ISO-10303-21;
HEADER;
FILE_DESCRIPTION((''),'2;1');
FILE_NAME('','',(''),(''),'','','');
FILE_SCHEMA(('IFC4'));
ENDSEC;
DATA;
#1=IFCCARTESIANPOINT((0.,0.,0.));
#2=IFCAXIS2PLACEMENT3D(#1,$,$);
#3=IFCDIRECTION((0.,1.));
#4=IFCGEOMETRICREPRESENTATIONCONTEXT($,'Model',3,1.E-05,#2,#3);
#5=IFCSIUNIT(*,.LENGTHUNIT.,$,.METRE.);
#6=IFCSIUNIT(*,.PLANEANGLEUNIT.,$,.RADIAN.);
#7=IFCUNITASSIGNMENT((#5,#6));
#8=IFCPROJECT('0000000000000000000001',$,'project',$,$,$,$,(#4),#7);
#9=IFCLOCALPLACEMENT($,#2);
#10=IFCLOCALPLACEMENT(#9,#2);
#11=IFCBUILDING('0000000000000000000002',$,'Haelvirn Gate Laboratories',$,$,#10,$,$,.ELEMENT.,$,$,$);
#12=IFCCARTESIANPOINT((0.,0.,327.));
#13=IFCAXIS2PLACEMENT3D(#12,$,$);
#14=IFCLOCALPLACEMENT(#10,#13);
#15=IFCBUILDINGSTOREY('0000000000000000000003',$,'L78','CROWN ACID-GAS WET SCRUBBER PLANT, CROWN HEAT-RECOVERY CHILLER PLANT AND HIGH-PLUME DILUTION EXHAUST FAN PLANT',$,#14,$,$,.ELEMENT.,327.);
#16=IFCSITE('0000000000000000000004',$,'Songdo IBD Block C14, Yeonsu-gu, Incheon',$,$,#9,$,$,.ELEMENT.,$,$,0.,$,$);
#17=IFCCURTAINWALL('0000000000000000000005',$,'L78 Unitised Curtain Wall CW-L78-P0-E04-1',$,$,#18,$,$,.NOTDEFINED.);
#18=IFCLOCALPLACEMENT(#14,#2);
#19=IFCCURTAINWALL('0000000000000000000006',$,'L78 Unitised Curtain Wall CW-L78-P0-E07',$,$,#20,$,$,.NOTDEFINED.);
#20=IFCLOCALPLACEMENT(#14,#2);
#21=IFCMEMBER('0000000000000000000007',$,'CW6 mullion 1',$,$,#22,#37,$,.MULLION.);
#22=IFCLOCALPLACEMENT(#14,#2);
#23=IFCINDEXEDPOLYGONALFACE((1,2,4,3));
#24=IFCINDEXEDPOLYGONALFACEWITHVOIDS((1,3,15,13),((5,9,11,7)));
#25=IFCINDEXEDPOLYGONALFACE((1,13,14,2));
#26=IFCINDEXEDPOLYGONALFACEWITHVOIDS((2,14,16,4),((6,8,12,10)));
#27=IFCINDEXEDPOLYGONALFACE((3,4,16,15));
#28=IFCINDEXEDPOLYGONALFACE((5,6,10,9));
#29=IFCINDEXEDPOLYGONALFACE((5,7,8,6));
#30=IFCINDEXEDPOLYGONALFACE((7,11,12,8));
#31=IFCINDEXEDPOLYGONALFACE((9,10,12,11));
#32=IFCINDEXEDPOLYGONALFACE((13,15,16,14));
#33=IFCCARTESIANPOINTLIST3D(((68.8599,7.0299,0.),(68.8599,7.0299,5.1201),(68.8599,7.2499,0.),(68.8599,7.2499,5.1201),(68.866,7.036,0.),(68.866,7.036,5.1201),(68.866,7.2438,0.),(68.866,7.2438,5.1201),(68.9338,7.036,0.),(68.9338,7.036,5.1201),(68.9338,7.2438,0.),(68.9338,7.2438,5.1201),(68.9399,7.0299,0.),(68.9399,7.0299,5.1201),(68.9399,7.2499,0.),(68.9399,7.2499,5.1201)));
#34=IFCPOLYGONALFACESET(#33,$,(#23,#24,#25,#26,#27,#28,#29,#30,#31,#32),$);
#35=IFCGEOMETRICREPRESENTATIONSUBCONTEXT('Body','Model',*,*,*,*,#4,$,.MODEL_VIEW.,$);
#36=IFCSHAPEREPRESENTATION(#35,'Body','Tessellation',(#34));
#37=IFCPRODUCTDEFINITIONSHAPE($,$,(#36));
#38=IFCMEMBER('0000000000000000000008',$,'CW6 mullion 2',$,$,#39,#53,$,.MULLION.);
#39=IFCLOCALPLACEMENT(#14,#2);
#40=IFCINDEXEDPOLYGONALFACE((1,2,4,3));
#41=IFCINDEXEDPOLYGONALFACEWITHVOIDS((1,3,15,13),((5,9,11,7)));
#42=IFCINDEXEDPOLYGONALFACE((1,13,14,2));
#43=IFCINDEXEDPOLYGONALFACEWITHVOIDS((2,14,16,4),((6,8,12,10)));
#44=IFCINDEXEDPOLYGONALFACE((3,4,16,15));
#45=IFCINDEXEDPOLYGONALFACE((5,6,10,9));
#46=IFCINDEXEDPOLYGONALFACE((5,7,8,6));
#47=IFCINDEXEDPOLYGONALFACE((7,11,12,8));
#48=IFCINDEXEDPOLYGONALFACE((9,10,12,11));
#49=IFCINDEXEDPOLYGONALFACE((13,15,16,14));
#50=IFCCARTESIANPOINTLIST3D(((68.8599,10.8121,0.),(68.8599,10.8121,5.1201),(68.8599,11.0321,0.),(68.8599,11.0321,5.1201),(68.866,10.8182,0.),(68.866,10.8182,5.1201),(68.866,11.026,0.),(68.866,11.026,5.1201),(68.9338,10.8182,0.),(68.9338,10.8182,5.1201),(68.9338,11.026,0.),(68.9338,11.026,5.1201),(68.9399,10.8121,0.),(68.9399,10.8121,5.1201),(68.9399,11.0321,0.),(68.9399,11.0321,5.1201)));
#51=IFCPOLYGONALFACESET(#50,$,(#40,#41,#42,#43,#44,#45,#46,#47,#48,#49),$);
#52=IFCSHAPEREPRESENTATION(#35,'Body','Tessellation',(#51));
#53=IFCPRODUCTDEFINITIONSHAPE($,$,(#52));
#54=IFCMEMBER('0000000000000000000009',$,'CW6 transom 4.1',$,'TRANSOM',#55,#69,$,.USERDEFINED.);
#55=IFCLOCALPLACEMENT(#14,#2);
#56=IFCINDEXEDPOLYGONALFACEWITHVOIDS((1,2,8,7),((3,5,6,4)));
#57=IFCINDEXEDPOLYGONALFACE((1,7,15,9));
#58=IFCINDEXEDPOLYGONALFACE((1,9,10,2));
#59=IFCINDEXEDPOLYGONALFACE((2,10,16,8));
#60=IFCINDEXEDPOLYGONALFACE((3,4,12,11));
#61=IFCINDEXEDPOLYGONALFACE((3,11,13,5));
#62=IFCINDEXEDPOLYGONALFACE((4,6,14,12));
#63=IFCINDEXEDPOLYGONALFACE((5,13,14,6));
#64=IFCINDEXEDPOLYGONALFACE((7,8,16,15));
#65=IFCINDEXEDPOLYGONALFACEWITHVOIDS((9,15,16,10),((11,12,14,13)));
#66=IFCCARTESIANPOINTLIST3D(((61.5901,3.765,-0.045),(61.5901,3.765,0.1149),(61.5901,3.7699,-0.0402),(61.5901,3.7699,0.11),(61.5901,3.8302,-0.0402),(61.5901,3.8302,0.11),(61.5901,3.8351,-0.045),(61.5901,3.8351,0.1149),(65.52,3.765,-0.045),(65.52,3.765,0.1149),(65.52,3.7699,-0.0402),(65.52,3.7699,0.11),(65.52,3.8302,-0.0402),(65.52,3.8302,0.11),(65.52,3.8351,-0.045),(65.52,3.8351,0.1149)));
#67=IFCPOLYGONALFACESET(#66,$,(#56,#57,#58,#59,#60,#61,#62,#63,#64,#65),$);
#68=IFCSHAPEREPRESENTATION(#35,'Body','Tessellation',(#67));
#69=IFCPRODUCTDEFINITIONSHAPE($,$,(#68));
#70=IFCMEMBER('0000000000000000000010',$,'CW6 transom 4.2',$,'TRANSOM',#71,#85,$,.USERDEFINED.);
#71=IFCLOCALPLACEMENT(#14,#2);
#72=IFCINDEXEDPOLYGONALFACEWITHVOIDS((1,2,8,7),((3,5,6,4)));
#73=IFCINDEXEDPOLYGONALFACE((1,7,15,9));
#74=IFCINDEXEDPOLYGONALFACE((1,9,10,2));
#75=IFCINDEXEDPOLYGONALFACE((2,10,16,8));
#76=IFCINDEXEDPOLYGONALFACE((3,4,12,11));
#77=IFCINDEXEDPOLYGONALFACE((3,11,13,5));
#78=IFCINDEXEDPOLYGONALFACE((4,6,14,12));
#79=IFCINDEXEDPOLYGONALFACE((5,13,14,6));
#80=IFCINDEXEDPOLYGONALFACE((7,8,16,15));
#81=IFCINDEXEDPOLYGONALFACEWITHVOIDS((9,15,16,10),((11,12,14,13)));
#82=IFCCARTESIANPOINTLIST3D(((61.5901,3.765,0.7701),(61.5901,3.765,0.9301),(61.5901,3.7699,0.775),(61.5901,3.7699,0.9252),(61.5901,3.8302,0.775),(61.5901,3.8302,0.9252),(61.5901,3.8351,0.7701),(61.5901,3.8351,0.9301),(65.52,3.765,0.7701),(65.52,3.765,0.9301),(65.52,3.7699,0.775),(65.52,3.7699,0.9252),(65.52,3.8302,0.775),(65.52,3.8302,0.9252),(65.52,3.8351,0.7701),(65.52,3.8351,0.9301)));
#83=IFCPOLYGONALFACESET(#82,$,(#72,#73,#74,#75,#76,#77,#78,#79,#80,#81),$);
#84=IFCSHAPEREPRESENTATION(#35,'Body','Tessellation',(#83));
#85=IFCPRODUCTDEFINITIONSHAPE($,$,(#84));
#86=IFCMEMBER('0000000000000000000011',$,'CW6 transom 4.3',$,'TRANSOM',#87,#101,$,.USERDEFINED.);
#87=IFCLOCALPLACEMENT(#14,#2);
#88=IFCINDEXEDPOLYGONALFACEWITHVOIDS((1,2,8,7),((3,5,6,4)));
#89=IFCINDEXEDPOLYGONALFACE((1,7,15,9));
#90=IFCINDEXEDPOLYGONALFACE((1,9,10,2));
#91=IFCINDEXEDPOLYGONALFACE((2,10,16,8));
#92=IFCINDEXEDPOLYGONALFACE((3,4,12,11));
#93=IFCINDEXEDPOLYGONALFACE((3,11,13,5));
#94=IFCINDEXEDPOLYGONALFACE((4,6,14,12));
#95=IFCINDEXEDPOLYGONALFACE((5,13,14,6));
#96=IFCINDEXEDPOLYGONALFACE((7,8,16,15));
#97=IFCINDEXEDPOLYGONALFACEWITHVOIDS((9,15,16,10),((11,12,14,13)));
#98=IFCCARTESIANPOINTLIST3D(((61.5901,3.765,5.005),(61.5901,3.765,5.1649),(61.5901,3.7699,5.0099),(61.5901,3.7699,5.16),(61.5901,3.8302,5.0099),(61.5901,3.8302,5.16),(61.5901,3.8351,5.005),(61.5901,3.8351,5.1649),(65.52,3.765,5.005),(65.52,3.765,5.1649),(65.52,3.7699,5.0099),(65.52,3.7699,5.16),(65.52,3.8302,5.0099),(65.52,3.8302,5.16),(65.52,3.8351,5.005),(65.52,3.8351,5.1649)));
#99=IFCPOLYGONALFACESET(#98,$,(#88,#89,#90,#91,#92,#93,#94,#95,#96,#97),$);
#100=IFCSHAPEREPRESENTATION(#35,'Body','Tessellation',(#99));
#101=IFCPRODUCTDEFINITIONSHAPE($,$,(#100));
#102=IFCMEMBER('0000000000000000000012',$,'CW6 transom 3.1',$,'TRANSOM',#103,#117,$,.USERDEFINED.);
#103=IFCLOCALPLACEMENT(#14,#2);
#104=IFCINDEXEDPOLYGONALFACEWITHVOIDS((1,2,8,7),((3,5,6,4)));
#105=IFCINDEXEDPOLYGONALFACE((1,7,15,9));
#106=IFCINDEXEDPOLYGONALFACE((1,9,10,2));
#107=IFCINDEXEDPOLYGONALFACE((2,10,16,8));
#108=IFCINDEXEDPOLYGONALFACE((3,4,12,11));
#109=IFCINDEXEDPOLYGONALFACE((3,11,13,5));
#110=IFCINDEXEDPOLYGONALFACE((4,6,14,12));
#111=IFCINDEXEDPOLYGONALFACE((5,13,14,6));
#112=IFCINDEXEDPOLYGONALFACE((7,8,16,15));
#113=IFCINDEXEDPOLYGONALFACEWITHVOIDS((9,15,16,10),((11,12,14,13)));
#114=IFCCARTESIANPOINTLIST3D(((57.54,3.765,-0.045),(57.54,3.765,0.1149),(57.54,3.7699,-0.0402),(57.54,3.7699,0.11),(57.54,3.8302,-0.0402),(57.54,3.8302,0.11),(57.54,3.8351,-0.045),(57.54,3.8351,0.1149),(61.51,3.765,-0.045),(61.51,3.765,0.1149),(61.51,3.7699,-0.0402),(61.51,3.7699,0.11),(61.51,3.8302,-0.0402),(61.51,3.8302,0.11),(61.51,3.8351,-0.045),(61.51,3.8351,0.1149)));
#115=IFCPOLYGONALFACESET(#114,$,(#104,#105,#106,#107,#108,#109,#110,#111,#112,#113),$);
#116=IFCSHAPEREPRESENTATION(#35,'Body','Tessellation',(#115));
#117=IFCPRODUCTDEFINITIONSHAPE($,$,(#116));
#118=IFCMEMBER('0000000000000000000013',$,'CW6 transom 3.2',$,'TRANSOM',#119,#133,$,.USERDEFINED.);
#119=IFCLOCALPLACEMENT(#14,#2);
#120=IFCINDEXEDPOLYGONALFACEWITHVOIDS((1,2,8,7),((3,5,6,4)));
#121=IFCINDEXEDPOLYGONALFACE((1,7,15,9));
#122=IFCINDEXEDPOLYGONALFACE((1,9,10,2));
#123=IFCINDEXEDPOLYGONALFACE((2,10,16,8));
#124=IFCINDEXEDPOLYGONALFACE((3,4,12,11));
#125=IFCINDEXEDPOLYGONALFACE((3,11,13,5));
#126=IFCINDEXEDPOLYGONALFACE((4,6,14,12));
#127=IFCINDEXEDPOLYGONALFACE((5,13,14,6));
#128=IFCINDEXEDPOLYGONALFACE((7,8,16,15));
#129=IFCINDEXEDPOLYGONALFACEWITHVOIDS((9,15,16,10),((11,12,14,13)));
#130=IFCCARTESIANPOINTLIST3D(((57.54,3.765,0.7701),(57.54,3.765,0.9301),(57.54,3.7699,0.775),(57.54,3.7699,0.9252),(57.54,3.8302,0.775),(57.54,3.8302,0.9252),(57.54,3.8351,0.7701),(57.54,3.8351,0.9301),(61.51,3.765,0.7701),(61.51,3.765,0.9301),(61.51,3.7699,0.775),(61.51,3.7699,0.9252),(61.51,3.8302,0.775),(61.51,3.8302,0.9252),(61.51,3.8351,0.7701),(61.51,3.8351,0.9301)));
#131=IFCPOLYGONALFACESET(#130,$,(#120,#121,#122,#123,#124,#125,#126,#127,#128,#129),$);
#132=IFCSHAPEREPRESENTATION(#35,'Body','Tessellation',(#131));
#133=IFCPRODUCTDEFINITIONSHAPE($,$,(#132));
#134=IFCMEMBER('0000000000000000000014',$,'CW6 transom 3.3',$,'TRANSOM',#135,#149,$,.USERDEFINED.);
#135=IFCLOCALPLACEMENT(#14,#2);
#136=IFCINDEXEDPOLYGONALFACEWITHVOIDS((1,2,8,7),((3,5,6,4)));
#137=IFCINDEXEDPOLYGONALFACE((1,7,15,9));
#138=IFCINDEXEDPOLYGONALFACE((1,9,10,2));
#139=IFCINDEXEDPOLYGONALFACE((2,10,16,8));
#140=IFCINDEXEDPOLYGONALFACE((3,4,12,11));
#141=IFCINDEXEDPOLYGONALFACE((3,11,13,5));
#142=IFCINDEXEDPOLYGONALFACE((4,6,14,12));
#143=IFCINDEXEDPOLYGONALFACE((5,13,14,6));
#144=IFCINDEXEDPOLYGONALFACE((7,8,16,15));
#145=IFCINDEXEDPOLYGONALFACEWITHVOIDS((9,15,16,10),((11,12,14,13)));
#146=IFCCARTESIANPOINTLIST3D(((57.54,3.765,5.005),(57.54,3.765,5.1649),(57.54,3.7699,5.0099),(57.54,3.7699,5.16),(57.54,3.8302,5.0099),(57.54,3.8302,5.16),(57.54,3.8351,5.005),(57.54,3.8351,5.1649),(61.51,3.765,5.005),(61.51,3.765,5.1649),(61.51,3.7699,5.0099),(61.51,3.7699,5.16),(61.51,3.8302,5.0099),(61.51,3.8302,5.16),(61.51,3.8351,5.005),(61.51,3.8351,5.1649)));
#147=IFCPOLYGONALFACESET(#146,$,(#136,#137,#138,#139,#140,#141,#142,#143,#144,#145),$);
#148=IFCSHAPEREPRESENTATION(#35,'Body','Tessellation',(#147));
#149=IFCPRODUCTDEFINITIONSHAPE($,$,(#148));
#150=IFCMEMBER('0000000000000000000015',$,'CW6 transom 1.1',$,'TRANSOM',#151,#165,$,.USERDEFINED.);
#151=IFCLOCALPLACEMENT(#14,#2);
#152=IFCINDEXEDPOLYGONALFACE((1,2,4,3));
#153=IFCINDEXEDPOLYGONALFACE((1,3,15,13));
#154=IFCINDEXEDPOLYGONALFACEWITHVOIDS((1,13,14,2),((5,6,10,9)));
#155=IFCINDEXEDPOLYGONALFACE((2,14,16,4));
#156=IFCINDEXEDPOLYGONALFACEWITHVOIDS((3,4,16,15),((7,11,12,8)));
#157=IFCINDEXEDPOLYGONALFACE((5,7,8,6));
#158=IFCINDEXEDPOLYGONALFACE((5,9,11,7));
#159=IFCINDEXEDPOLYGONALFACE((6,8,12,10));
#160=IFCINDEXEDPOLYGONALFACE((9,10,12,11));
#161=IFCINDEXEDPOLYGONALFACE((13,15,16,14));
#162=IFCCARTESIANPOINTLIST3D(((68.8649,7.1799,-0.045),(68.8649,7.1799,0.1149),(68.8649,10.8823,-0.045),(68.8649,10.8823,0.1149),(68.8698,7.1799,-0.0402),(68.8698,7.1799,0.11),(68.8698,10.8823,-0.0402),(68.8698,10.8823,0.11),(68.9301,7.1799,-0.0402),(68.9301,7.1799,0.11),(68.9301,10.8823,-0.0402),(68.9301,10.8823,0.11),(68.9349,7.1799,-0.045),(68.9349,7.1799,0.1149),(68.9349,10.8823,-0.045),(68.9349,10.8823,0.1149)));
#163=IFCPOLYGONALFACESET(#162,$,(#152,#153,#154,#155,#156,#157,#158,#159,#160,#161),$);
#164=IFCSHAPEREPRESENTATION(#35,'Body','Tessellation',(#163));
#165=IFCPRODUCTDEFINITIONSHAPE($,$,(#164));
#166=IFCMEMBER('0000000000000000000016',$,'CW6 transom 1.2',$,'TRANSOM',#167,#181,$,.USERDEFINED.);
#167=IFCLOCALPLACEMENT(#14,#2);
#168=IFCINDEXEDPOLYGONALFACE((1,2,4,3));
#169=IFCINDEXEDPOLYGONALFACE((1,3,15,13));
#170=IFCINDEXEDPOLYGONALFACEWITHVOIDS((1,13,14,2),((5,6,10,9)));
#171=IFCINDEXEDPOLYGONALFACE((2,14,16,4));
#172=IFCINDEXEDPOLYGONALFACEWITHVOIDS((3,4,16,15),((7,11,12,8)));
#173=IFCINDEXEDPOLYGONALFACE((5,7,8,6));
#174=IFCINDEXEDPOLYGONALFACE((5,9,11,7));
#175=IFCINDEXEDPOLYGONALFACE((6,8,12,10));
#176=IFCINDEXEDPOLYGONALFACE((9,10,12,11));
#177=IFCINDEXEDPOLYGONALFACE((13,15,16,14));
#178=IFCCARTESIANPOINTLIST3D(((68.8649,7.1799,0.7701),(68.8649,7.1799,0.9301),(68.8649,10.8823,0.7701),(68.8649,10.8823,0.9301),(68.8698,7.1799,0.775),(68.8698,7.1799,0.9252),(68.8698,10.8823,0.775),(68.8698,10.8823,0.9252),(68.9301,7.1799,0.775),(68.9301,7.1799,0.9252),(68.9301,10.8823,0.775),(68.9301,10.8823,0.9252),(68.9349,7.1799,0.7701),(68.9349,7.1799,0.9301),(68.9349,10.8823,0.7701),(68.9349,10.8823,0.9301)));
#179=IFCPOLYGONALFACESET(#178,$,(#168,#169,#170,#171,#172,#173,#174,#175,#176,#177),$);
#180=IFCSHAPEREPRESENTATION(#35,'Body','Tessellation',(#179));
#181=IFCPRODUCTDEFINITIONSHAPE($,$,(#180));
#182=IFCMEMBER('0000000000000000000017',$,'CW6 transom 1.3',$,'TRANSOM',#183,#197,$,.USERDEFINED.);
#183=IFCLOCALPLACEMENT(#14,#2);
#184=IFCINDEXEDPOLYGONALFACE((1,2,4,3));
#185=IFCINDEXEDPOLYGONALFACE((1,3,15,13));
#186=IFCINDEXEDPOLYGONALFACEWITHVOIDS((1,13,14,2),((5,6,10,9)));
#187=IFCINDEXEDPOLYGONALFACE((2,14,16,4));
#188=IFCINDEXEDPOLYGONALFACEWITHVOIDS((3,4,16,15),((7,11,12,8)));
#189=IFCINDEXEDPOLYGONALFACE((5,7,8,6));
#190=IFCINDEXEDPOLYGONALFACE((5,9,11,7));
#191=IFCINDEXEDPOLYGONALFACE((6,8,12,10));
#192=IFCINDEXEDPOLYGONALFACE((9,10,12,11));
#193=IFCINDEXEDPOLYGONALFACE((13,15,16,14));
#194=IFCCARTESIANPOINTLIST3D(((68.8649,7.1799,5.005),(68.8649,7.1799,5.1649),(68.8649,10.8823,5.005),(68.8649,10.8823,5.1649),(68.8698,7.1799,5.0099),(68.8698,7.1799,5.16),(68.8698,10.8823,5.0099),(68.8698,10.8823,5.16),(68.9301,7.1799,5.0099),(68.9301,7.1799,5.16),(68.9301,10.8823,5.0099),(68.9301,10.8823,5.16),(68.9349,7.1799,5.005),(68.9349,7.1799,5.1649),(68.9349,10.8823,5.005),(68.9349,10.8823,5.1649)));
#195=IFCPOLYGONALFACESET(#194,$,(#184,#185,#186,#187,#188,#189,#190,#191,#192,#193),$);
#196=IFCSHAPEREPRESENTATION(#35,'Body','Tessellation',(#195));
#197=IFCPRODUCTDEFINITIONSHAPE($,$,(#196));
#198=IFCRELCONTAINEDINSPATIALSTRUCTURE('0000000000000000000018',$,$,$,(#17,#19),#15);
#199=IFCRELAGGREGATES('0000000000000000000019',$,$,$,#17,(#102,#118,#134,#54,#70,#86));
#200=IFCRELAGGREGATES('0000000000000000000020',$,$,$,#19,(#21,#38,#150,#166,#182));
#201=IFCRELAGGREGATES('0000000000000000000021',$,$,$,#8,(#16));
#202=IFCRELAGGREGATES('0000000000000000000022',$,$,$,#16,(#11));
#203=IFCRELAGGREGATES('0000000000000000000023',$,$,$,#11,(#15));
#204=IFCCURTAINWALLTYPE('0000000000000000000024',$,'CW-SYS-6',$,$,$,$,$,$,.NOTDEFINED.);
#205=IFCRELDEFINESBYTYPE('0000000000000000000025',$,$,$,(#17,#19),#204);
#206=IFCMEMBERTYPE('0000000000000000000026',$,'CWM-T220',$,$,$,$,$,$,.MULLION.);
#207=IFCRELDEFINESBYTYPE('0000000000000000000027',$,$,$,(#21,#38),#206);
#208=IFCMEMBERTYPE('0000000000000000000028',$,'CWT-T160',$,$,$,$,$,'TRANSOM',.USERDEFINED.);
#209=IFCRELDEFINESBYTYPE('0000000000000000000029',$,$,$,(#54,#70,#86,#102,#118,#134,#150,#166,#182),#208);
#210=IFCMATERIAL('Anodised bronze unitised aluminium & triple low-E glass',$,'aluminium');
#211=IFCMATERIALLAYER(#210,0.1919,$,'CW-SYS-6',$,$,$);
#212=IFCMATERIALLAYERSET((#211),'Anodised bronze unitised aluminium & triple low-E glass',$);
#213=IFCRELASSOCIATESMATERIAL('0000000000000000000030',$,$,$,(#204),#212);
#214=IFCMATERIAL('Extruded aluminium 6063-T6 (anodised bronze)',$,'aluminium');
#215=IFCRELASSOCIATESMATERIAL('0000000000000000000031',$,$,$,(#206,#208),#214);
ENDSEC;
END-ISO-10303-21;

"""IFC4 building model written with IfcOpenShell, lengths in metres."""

from ifc_helpers import new_model, si_unit, direction, frame, origin, origin_2d, place, context, subcontext, project, spatial, hollow_rectangle, extrude, source, transform, mapped, material, layer, layer_set, material_profile, profile_set, type_object, type_shapes, element, aggregate, save


model = new_model("IFC4")

# Units and contexts
model_context = context("Model", 3, precision=1e-05, world=origin(), true_north=direction((0.0, 1.0)))
body_context = subcontext(model_context, "Body", "Model", "MODEL_VIEW")
ifc_project = project(units=[si_unit("LENGTHUNIT", "METRE"), si_unit("PLANEANGLEUNIT", "RADIAN")], contexts=[model_context])

# Site, building, storey
site_placement = place(None, origin())
site = spatial("IfcSite", under=ifc_project, at=site_placement, Name="Songdo IBD Block C14, Yeonsu-gu, Incheon", CompositionType="ELEMENT", RefElevation=0.0)
building_placement = place(site_placement, origin())
building = spatial("IfcBuilding", under=site, at=building_placement, Name="Haelvirn Gate Laboratories", CompositionType="ELEMENT")
storey_placement = place(building_placement, frame((0.0, 0.0, 327.0)))
storey = spatial("IfcBuildingStorey", under=building, at=storey_placement, Name="L78", Description="CROWN ACID-GAS WET SCRUBBER PLANT, CROWN HEAT-RECOVERY CHILLER PLANT AND HIGH-PLUME DILUTION EXHAUST FAN PLANT", CompositionType="ELEMENT", Elevation=327.0)

# Curtain wall
ifc_material_1 = material(Name="Anodised bronze unitised aluminium & triple low-E glass", Category="aluminium")
ifc_material_2 = material(Name="Extruded aluminium 6063-T6 (anodised bronze)", Category="aluminium")
ifc_layer_1 = layer(ifc_material_1, 0.1919, Name="CW-SYS-6")
ifc_layer_set_1 = layer_set([ifc_layer_1], Name="Anodised bronze unitised aluminium & triple low-E glass")
curtain_wall_type_1 = type_object("IfcCurtainWallType", Name="CW-SYS-6", PredefinedType="NOTDEFINED", material=ifc_layer_set_1)
curtain_wall_1_placement = place(storey_placement, origin())
curtain_wall_1 = element("IfcCurtainWall", 1, at=curtain_wall_1_placement, inside=storey, type_object=curtain_wall_type_1, Name="L78 Unitised Curtain Wall CW-L78-P0-E04-1", PredefinedType="NOTDEFINED")
ifc_material_profile_1 = material_profile(ifc_material_2, hollow_rectangle(XDim=0.0801, YDim=0.22, WallThickness=0.0061, at=origin_2d()), Name="CWM-220x80x6")
ifc_profile_set_1 = profile_set([ifc_material_profile_1], Name="Extruded aluminium 6063-T6 (anodised bronze)")
member_type_1 = type_object("IfcMemberType", Name="CWM-T220", PredefinedType="MULLION", material=ifc_profile_set_1)
shared_shape_1 = source(origin(), body_context, "Body", "SweptSolid", [
    extrude(hollow_rectangle(XDim=0.0801, YDim=0.22, WallThickness=0.0061, at=origin_2d()), origin(), (0.0, 0.0, 1.0), 5.1201),
])
type_shapes(member_type_1, [shared_shape_1])

# Curtain wall, members
curtain_wall_2_placement = place(storey_placement, origin())
curtain_wall_2 = element("IfcCurtainWall", 2, at=curtain_wall_2_placement, inside=storey, type_object=curtain_wall_type_1, Name="L78 Unitised Curtain Wall CW-L78-P0-E07", PredefinedType="NOTDEFINED")
member_1_placement = place(storey_placement, frame((68.8999, 7.1399, 0.0), z_axis=(0.0, 0.0, 1.0), x_axis=(-1.0, 0.0, 0.0)))
member_1 = element("IfcMember", 3, at=member_1_placement, type_object=member_type_1, Name="CW6 mullion 1", PredefinedType="MULLION", context=body_context, shape_type="MappedRepresentation", body=[
    mapped(shared_shape_1, transform((0.0, 0.0, 0.0), scale=1.0)),
])
member_2_placement = place(storey_placement, frame((68.8999, 10.9221, 0.0), z_axis=(0.0, 0.0, 1.0), x_axis=(-1.0, 0.0, 0.0)))
member_2 = element("IfcMember", 4, at=member_2_placement, type_object=member_type_1, Name="CW6 mullion 2", PredefinedType="MULLION", context=body_context, shape_type="MappedRepresentation", body=[
    mapped(shared_shape_1, transform((0.0, 0.0, 0.0), scale=1.0)),
])

# Members
ifc_material_profile_2 = material_profile(ifc_material_2, hollow_rectangle(XDim=0.0701, YDim=0.1599, WallThickness=0.0049, at=origin_2d()), Name="CWT-160x70x5")
ifc_profile_set_2 = profile_set([ifc_material_profile_2], Name="Extruded aluminium 6063-T6 (anodised bronze)")
member_type_2 = type_object("IfcMemberType", Name="CWT-T160", ElementType="TRANSOM", PredefinedType="USERDEFINED", material=ifc_profile_set_2)
shared_shape_2 = source(origin(), body_context, "Body", "SweptSolid", [
    extrude(hollow_rectangle(XDim=0.0701, YDim=0.1599, WallThickness=0.0049, at=origin_2d()), origin(), (0.0, 0.0, 1.0), 3.9299),
])
member_3_placement = place(storey_placement, frame((61.5901, 3.8, 0.0349), z_axis=(1.0, 0.0, 0.0), x_axis=(0.0, 1.0, 0.0)))
member_3 = element("IfcMember", 5, at=member_3_placement, type_object=member_type_2, Name="CW6 transom 4.1", ObjectType="TRANSOM", PredefinedType="USERDEFINED", context=body_context, shape_type="MappedRepresentation", body=[
    mapped(shared_shape_2, transform((0.0, 0.0, 0.0), scale=1.0)),
])
member_4_placement = place(storey_placement, frame((61.5901, 3.8, 0.8501), z_axis=(1.0, 0.0, 0.0), x_axis=(0.0, 1.0, 0.0)))
member_4 = element("IfcMember", 6, at=member_4_placement, type_object=member_type_2, Name="CW6 transom 4.2", ObjectType="TRANSOM", PredefinedType="USERDEFINED", context=body_context, shape_type="MappedRepresentation", body=[
    mapped(shared_shape_2, transform((0.0, 0.0, 0.0), scale=1.0)),
])
member_5_placement = place(storey_placement, frame((61.5901, 3.8, 5.085), z_axis=(1.0, 0.0, 0.0), x_axis=(0.0, 1.0, 0.0)))
member_5 = element("IfcMember", 7, at=member_5_placement, type_object=member_type_2, Name="CW6 transom 4.3", ObjectType="TRANSOM", PredefinedType="USERDEFINED", context=body_context, shape_type="MappedRepresentation", body=[
    mapped(shared_shape_2, transform((0.0, 0.0, 0.0), scale=1.0)),
])
shared_shape_3 = source(origin(), body_context, "Body", "SweptSolid", [
    extrude(hollow_rectangle(XDim=0.0701, YDim=0.1599, WallThickness=0.0049, at=origin_2d()), origin(), (0.0, 0.0, 1.0), 3.97),
])
member_6_placement = place(storey_placement, frame((57.54, 3.8, 0.0349), z_axis=(1.0, 0.0, 0.0), x_axis=(0.0, 1.0, 0.0)))
member_6 = element("IfcMember", 8, at=member_6_placement, type_object=member_type_2, Name="CW6 transom 3.1", ObjectType="TRANSOM", PredefinedType="USERDEFINED", context=body_context, shape_type="MappedRepresentation", body=[
    mapped(shared_shape_3, transform((0.0, 0.0, 0.0), scale=1.0)),
])
member_7_placement = place(storey_placement, frame((57.54, 3.8, 0.8501), z_axis=(1.0, 0.0, 0.0), x_axis=(0.0, 1.0, 0.0)))
member_7 = element("IfcMember", 9, at=member_7_placement, type_object=member_type_2, Name="CW6 transom 3.2", ObjectType="TRANSOM", PredefinedType="USERDEFINED", context=body_context, shape_type="MappedRepresentation", body=[
    mapped(shared_shape_3, transform((0.0, 0.0, 0.0), scale=1.0)),
])
member_8_placement = place(storey_placement, frame((57.54, 3.8, 5.085), z_axis=(1.0, 0.0, 0.0), x_axis=(0.0, 1.0, 0.0)))
member_8 = element("IfcMember", 10, at=member_8_placement, type_object=member_type_2, Name="CW6 transom 3.3", ObjectType="TRANSOM", PredefinedType="USERDEFINED", context=body_context, shape_type="MappedRepresentation", body=[
    mapped(shared_shape_3, transform((0.0, 0.0, 0.0), scale=1.0)),
])
shared_shape_4 = source(origin(), body_context, "Body", "SweptSolid", [
    extrude(hollow_rectangle(XDim=0.0701, YDim=0.1599, WallThickness=0.0049, at=origin_2d()), origin(), (0.0, 0.0, 1.0), 3.7024),
])
member_9_placement = place(storey_placement, frame((68.8999, 7.1799, 0.0349), z_axis=(0.0, 1.0, 0.0), x_axis=(-1.0, 0.0, 0.0)))
member_9 = element("IfcMember", 11, at=member_9_placement, type_object=member_type_2, Name="CW6 transom 1.1", ObjectType="TRANSOM", PredefinedType="USERDEFINED", context=body_context, shape_type="MappedRepresentation", body=[
    mapped(shared_shape_4, transform((0.0, 0.0, 0.0), scale=1.0)),
])
member_10_placement = place(storey_placement, frame((68.8999, 7.1799, 0.8501), z_axis=(0.0, 1.0, 0.0), x_axis=(-1.0, 0.0, 0.0)))
member_10 = element("IfcMember", 12, at=member_10_placement, type_object=member_type_2, Name="CW6 transom 1.2", ObjectType="TRANSOM", PredefinedType="USERDEFINED", context=body_context, shape_type="MappedRepresentation", body=[
    mapped(shared_shape_4, transform((0.0, 0.0, 0.0), scale=1.0)),
])
member_11_placement = place(storey_placement, frame((68.8999, 7.1799, 5.085), z_axis=(0.0, 1.0, 0.0), x_axis=(-1.0, 0.0, 0.0)))
member_11 = element("IfcMember", 13, at=member_11_placement, type_object=member_type_2, Name="CW6 transom 1.3", ObjectType="TRANSOM", PredefinedType="USERDEFINED", context=body_context, shape_type="MappedRepresentation", body=[
    mapped(shared_shape_4, transform((0.0, 0.0, 0.0), scale=1.0)),
])

aggregate(curtain_wall_1, [member_6, member_7, member_8, member_3, member_4, member_5])
aggregate(curtain_wall_2, [member_1, member_2, member_9, member_10, member_11])

save(model, "model.ifc")
